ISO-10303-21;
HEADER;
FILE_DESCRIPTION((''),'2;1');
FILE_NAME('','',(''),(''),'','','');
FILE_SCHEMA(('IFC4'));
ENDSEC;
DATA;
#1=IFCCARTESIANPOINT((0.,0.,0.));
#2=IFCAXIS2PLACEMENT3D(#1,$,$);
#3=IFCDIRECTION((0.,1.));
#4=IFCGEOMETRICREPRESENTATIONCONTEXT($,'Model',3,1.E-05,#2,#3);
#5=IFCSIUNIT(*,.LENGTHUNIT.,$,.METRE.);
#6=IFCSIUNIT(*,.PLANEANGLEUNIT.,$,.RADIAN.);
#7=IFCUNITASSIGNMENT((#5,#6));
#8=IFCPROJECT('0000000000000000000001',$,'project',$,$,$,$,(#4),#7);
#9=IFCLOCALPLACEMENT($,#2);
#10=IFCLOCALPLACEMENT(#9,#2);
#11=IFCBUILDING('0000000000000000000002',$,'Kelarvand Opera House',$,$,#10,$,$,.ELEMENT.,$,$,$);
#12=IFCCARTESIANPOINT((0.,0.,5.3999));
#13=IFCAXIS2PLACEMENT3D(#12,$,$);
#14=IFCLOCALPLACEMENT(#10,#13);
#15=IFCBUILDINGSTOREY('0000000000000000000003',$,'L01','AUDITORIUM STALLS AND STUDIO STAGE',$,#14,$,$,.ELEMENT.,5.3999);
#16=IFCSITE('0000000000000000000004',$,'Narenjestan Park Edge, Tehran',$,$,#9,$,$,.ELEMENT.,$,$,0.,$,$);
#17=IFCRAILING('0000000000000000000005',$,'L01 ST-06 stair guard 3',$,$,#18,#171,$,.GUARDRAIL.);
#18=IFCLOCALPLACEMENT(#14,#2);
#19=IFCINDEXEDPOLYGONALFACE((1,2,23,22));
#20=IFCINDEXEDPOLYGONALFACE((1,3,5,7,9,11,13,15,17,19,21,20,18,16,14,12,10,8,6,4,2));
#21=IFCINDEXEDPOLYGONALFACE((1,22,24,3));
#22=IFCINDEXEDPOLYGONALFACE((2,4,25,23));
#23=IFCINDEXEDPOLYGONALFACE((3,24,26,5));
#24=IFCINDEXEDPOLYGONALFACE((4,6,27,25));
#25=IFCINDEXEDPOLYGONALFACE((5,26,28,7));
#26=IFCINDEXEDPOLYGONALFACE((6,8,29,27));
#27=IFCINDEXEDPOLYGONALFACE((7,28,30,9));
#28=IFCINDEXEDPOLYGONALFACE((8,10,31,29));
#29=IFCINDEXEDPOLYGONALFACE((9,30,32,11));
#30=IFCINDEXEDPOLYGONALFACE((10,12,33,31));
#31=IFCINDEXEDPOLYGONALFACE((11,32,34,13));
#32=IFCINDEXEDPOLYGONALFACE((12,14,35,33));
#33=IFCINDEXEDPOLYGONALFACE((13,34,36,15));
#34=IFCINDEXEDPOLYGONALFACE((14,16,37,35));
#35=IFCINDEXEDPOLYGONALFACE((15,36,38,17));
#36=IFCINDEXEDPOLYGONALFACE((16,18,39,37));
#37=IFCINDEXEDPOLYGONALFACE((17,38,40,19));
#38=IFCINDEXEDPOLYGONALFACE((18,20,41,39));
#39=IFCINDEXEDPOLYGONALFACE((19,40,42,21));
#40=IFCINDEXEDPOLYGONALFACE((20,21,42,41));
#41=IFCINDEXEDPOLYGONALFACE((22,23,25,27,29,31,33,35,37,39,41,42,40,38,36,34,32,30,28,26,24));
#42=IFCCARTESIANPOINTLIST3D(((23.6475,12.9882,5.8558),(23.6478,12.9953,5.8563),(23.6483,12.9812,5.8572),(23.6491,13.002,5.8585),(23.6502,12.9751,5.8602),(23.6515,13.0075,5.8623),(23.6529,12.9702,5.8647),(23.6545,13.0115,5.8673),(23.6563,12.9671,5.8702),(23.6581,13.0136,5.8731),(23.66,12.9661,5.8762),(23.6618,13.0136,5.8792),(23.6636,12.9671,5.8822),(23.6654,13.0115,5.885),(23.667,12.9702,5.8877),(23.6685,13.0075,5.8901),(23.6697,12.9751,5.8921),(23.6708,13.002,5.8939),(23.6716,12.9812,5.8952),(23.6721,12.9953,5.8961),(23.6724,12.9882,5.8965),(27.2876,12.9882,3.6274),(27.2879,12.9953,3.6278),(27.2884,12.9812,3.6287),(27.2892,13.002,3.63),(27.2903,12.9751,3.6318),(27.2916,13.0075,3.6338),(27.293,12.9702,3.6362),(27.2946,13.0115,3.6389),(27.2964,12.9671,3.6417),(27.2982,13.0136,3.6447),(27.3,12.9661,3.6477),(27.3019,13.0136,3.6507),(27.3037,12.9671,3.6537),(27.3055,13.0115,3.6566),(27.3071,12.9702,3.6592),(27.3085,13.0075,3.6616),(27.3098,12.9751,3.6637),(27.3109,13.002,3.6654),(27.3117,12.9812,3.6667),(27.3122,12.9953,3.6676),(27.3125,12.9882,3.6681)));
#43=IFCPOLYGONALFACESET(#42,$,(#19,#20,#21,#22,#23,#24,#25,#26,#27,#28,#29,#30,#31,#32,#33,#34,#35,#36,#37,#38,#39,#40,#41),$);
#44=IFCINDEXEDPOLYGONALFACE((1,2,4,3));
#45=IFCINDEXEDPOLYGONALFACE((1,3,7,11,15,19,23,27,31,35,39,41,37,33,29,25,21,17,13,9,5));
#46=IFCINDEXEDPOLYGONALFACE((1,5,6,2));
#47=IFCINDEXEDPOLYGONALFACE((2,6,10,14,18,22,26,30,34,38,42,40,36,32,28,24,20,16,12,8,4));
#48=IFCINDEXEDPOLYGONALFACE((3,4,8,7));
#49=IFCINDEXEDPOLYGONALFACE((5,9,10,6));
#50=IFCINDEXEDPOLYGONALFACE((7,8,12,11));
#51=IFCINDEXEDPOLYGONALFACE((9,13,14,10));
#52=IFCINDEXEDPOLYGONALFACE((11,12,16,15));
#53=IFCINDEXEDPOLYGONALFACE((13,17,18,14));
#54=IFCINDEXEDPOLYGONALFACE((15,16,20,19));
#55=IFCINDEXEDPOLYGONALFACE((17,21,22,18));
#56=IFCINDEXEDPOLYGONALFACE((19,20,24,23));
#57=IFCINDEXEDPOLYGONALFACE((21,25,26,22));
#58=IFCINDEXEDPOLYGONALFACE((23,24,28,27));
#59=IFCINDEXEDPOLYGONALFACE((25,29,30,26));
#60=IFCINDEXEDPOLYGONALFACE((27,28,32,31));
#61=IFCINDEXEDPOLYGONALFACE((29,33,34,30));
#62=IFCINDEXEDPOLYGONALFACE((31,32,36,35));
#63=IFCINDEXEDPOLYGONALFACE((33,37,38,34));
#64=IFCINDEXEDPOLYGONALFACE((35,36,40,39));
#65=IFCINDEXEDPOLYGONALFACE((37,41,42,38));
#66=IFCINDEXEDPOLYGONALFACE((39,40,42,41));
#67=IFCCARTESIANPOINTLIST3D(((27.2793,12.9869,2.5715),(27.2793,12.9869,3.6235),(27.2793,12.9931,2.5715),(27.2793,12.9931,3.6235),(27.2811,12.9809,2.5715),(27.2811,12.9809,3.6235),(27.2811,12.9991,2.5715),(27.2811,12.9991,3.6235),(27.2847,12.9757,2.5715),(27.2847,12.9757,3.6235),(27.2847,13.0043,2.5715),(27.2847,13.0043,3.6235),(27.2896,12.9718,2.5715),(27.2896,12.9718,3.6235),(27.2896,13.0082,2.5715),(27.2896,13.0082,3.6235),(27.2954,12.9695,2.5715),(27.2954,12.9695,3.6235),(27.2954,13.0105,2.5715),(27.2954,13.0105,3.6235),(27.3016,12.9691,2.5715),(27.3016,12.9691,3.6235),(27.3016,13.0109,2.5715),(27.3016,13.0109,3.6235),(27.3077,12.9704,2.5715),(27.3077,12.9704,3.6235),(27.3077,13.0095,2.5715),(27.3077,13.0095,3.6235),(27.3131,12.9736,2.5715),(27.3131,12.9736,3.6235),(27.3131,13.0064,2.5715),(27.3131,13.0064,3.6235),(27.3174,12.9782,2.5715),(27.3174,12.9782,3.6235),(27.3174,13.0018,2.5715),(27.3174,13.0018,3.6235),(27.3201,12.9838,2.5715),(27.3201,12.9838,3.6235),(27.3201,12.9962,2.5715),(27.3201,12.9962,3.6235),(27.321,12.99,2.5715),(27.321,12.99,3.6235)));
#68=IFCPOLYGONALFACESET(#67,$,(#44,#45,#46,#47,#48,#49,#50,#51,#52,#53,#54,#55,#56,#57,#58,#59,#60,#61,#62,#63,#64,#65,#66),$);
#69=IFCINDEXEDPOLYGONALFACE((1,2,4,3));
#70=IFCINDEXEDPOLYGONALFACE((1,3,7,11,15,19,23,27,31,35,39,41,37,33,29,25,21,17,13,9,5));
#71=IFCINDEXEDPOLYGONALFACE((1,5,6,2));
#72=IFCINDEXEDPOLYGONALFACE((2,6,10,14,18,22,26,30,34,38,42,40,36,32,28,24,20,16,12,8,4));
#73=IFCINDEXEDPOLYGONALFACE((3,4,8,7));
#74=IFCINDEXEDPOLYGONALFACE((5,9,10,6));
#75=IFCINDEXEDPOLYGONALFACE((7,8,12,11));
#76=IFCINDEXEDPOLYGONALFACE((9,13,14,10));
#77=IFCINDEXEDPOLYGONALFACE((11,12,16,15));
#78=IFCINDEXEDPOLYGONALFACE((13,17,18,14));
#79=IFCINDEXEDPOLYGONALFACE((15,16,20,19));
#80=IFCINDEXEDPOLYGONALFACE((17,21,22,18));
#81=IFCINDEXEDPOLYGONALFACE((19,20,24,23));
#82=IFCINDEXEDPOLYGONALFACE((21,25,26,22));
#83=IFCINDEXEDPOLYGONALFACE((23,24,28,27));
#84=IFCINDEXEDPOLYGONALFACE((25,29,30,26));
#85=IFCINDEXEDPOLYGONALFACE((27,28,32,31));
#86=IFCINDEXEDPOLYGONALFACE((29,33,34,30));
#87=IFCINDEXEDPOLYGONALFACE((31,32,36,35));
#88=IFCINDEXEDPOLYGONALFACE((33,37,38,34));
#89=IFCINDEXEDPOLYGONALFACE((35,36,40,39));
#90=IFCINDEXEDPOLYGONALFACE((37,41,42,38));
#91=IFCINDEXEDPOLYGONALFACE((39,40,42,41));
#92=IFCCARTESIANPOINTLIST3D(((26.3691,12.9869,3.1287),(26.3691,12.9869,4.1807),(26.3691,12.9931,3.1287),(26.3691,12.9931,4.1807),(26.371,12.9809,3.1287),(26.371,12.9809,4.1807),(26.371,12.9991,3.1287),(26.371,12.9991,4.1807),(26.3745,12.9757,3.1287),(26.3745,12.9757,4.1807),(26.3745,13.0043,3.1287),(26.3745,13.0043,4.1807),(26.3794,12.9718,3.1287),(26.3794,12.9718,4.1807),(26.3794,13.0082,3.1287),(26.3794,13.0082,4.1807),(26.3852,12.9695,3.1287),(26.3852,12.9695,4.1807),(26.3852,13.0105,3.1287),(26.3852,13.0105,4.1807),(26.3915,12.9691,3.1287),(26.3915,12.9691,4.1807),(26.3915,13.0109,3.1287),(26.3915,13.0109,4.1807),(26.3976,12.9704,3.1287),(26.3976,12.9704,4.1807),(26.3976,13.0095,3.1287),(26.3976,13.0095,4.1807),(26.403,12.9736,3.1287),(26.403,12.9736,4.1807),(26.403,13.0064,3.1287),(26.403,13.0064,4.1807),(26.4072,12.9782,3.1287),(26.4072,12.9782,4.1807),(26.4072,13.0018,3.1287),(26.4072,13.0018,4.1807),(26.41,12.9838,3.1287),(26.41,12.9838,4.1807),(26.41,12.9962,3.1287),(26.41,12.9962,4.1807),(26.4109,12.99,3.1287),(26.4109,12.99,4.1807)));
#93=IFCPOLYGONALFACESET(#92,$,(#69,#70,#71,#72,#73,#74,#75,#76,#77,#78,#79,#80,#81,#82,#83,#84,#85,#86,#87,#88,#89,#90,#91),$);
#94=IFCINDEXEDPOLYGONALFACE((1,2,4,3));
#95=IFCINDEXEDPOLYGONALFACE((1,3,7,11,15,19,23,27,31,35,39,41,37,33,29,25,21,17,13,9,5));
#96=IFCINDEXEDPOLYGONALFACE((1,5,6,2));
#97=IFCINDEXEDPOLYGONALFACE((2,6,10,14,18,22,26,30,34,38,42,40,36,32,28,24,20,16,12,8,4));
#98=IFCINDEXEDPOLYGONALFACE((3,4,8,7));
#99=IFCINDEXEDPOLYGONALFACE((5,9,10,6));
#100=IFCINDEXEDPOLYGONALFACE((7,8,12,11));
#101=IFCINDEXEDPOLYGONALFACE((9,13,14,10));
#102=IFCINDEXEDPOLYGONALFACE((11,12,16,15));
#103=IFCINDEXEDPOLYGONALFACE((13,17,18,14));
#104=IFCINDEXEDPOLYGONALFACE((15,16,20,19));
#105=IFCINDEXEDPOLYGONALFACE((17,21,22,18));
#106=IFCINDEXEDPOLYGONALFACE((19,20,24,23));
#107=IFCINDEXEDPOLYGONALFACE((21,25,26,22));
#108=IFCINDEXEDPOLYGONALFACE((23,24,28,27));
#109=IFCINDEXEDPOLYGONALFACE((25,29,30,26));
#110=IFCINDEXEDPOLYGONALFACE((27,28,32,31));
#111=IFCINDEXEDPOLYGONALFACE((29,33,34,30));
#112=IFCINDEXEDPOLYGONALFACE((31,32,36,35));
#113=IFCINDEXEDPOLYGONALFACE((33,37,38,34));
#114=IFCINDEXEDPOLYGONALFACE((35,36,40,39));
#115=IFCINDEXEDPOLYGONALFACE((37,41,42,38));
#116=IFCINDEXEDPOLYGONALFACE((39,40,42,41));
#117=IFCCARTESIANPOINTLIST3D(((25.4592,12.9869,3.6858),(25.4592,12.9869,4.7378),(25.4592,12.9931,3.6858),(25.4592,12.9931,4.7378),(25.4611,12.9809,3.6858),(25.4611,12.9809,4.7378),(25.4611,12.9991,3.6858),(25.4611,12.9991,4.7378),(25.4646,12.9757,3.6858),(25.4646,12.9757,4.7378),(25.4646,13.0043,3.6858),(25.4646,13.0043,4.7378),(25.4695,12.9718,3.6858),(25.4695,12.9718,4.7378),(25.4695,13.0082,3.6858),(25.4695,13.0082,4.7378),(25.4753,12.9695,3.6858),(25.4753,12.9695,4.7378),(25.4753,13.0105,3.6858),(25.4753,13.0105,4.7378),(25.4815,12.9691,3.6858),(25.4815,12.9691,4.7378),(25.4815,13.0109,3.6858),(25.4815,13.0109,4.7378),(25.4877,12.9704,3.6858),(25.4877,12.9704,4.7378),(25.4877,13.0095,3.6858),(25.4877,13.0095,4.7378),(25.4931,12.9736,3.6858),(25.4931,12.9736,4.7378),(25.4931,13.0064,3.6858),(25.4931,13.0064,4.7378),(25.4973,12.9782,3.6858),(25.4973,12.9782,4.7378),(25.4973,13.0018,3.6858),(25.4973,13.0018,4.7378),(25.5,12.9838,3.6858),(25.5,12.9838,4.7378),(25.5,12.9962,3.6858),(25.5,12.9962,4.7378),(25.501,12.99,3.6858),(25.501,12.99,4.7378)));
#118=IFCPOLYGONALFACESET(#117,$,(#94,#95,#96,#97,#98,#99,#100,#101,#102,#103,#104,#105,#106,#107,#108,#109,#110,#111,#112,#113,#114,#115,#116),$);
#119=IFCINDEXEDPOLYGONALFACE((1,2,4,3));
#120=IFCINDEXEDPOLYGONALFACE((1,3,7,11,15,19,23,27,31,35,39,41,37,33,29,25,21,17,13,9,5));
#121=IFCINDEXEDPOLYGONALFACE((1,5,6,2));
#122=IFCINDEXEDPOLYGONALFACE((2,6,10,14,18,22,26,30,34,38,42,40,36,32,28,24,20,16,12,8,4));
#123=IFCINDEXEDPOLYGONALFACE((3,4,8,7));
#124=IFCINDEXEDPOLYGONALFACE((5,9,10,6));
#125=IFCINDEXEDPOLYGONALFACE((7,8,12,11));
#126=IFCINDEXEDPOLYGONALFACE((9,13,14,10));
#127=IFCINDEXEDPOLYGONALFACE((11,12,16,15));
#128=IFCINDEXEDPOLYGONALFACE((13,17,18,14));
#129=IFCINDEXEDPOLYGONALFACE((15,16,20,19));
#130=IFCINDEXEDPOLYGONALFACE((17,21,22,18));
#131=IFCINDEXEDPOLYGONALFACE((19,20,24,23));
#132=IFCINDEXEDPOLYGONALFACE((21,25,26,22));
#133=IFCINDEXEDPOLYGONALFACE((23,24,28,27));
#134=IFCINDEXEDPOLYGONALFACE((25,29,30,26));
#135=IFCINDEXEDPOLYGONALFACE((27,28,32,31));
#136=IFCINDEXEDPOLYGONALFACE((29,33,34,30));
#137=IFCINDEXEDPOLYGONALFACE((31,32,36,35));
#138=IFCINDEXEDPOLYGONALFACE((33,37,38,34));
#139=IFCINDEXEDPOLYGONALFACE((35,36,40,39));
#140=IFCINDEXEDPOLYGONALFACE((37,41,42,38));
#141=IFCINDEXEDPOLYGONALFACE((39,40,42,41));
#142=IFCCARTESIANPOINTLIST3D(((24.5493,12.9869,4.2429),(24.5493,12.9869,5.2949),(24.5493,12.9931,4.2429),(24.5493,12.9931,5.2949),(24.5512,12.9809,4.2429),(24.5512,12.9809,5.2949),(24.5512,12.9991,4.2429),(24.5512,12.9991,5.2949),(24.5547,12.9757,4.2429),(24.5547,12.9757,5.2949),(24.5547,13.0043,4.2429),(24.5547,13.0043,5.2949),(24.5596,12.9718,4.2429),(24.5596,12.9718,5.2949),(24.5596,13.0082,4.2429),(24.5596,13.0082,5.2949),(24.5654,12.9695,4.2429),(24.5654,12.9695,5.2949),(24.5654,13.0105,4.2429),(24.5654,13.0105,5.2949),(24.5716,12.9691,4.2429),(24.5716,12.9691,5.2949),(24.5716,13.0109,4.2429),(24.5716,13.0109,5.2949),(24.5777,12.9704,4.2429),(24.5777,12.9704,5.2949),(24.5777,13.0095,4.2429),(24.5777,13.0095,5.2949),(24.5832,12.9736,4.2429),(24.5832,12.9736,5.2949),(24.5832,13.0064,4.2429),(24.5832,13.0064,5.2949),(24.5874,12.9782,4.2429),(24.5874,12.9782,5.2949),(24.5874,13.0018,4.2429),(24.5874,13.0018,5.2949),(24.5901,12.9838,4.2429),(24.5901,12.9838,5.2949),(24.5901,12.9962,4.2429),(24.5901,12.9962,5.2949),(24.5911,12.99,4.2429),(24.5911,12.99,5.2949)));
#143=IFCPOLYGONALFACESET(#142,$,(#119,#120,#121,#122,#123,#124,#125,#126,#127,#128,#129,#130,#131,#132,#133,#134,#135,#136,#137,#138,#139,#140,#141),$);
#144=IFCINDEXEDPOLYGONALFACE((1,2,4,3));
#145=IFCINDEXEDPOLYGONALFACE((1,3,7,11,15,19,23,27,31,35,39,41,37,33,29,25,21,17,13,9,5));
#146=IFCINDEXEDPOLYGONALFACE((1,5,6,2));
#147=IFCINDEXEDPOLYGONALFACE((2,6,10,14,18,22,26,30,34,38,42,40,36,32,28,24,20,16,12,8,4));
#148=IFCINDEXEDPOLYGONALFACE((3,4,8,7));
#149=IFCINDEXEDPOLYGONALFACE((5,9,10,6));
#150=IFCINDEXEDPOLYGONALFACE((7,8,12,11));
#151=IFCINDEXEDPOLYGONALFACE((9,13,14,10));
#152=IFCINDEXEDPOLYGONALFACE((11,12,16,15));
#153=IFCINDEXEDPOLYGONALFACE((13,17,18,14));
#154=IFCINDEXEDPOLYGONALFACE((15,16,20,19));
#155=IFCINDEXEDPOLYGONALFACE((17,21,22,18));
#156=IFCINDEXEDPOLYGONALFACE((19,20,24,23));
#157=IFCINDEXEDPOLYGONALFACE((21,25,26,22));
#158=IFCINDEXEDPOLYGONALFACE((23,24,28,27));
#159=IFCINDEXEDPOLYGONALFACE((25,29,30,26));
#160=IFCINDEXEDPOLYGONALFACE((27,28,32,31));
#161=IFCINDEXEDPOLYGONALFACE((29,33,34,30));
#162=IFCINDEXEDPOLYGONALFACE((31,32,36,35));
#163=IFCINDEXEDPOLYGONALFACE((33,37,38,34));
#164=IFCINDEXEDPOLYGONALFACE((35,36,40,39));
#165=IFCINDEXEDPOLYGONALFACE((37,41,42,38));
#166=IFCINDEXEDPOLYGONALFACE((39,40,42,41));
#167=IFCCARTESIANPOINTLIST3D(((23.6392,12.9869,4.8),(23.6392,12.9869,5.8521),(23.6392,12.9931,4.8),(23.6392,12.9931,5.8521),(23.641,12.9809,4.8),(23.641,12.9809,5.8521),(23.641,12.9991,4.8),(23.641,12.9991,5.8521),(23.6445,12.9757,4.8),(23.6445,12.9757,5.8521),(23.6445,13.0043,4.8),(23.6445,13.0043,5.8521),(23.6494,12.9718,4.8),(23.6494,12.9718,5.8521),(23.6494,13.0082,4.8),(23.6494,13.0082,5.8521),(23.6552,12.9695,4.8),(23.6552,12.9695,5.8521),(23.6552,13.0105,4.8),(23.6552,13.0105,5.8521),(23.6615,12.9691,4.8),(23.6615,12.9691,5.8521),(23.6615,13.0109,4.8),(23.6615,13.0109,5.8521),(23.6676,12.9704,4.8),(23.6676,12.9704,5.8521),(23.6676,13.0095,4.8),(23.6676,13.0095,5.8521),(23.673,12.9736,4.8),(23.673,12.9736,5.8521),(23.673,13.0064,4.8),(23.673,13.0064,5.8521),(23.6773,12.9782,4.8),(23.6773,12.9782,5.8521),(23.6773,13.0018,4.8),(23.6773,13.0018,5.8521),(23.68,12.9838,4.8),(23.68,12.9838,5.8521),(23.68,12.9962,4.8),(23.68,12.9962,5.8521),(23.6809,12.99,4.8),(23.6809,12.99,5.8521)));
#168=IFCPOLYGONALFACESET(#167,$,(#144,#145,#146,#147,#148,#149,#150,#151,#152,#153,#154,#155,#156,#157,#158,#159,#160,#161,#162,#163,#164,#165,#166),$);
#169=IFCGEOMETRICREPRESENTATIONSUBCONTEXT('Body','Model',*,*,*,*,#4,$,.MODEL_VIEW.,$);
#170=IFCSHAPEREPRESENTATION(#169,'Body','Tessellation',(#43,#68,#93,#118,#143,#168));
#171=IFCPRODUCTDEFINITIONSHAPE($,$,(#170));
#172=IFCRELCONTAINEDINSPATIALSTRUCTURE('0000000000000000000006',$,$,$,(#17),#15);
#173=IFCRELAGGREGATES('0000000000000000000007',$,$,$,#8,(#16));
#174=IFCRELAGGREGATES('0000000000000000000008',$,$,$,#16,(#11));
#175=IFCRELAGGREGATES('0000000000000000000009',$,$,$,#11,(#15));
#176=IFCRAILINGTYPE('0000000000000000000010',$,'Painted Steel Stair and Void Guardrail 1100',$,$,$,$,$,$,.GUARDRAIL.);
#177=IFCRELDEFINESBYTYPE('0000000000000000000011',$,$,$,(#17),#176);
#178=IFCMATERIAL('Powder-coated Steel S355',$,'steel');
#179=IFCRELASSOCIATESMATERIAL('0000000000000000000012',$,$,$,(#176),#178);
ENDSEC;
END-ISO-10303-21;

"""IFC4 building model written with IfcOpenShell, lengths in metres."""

from ifc_helpers import new_model, si_unit, direction, frame, origin, origin_2d, place, context, subcontext, project, spatial, circle, extrude, material, type_object, element, save


model = new_model("IFC4")

# Units and contexts
model_context = context("Model", 3, precision=1e-05, world=origin(), true_north=direction((0.0, 1.0)))
body_context = subcontext(model_context, "Body", "Model", "MODEL_VIEW")
ifc_project = project(units=[si_unit("LENGTHUNIT", "METRE"), si_unit("PLANEANGLEUNIT", "RADIAN")], contexts=[model_context])

# Site, building, storey
site_placement = place(None, origin())
site = spatial("IfcSite", under=ifc_project, at=site_placement, Name="Narenjestan Park Edge, Tehran", CompositionType="ELEMENT", RefElevation=0.0)
building_placement = place(site_placement, origin())
building = spatial("IfcBuilding", under=site, at=building_placement, Name="Kelarvand Opera House", CompositionType="ELEMENT")
storey_placement = place(building_placement, frame((0.0, 0.0, 5.3999)))
storey = spatial("IfcBuildingStorey", under=building, at=storey_placement, Name="L01", Description="AUDITORIUM STALLS AND STUDIO STAGE", CompositionType="ELEMENT", Elevation=5.3999)

# Railing
ifc_material_1 = material(Name="Powder-coated Steel S355", Category="steel")
railing_type_1 = type_object("IfcRailingType", Name="Painted Steel Stair and Void Guardrail 1100", PredefinedType="GUARDRAIL", material=ifc_material_1)
railing_1_placement = place(storey_placement, frame((27.3, 12.99, 2.5715)))
element("IfcRailing", 1, at=railing_1_placement, inside=storey, type_object=railing_type_1, Name="L01 ST-06 stair guard 3", PredefinedType="GUARDRAIL", context=body_context, shape_type="SweptSolid", body=[
    extrude(circle(Radius=0.0239, at=origin_2d()), frame((0.0, 0.0, 1.0762), z_axis=(-0.852866, 0.0, 0.52213), x_axis=(0.0, -1.0, 0.0)), (0.0, 0.0, 1.0), 4.2681),
    extrude(circle(Radius=0.021, at=origin_2d()), origin(), (0.0, 0.0, 1.0), 1.052),
    extrude(circle(Radius=0.021, at=origin_2d()), frame((-0.9102, 0.0, 0.5571)), (0.0, 0.0, 1.0), 1.052),
    extrude(circle(Radius=0.021, at=origin_2d()), frame((-1.8201, 0.0, 1.1143)), (0.0, 0.0, 1.0), 1.052),
    extrude(circle(Radius=0.021, at=origin_2d()), frame((-2.73, 0.0, 1.6714)), (0.0, 0.0, 1.0), 1.052),
    extrude(circle(Radius=0.021, at=origin_2d()), frame((-3.6401, 0.0, 2.2285)), (0.0, 0.0, 1.0), 1.052),
])

save(model, "model.ifc")
